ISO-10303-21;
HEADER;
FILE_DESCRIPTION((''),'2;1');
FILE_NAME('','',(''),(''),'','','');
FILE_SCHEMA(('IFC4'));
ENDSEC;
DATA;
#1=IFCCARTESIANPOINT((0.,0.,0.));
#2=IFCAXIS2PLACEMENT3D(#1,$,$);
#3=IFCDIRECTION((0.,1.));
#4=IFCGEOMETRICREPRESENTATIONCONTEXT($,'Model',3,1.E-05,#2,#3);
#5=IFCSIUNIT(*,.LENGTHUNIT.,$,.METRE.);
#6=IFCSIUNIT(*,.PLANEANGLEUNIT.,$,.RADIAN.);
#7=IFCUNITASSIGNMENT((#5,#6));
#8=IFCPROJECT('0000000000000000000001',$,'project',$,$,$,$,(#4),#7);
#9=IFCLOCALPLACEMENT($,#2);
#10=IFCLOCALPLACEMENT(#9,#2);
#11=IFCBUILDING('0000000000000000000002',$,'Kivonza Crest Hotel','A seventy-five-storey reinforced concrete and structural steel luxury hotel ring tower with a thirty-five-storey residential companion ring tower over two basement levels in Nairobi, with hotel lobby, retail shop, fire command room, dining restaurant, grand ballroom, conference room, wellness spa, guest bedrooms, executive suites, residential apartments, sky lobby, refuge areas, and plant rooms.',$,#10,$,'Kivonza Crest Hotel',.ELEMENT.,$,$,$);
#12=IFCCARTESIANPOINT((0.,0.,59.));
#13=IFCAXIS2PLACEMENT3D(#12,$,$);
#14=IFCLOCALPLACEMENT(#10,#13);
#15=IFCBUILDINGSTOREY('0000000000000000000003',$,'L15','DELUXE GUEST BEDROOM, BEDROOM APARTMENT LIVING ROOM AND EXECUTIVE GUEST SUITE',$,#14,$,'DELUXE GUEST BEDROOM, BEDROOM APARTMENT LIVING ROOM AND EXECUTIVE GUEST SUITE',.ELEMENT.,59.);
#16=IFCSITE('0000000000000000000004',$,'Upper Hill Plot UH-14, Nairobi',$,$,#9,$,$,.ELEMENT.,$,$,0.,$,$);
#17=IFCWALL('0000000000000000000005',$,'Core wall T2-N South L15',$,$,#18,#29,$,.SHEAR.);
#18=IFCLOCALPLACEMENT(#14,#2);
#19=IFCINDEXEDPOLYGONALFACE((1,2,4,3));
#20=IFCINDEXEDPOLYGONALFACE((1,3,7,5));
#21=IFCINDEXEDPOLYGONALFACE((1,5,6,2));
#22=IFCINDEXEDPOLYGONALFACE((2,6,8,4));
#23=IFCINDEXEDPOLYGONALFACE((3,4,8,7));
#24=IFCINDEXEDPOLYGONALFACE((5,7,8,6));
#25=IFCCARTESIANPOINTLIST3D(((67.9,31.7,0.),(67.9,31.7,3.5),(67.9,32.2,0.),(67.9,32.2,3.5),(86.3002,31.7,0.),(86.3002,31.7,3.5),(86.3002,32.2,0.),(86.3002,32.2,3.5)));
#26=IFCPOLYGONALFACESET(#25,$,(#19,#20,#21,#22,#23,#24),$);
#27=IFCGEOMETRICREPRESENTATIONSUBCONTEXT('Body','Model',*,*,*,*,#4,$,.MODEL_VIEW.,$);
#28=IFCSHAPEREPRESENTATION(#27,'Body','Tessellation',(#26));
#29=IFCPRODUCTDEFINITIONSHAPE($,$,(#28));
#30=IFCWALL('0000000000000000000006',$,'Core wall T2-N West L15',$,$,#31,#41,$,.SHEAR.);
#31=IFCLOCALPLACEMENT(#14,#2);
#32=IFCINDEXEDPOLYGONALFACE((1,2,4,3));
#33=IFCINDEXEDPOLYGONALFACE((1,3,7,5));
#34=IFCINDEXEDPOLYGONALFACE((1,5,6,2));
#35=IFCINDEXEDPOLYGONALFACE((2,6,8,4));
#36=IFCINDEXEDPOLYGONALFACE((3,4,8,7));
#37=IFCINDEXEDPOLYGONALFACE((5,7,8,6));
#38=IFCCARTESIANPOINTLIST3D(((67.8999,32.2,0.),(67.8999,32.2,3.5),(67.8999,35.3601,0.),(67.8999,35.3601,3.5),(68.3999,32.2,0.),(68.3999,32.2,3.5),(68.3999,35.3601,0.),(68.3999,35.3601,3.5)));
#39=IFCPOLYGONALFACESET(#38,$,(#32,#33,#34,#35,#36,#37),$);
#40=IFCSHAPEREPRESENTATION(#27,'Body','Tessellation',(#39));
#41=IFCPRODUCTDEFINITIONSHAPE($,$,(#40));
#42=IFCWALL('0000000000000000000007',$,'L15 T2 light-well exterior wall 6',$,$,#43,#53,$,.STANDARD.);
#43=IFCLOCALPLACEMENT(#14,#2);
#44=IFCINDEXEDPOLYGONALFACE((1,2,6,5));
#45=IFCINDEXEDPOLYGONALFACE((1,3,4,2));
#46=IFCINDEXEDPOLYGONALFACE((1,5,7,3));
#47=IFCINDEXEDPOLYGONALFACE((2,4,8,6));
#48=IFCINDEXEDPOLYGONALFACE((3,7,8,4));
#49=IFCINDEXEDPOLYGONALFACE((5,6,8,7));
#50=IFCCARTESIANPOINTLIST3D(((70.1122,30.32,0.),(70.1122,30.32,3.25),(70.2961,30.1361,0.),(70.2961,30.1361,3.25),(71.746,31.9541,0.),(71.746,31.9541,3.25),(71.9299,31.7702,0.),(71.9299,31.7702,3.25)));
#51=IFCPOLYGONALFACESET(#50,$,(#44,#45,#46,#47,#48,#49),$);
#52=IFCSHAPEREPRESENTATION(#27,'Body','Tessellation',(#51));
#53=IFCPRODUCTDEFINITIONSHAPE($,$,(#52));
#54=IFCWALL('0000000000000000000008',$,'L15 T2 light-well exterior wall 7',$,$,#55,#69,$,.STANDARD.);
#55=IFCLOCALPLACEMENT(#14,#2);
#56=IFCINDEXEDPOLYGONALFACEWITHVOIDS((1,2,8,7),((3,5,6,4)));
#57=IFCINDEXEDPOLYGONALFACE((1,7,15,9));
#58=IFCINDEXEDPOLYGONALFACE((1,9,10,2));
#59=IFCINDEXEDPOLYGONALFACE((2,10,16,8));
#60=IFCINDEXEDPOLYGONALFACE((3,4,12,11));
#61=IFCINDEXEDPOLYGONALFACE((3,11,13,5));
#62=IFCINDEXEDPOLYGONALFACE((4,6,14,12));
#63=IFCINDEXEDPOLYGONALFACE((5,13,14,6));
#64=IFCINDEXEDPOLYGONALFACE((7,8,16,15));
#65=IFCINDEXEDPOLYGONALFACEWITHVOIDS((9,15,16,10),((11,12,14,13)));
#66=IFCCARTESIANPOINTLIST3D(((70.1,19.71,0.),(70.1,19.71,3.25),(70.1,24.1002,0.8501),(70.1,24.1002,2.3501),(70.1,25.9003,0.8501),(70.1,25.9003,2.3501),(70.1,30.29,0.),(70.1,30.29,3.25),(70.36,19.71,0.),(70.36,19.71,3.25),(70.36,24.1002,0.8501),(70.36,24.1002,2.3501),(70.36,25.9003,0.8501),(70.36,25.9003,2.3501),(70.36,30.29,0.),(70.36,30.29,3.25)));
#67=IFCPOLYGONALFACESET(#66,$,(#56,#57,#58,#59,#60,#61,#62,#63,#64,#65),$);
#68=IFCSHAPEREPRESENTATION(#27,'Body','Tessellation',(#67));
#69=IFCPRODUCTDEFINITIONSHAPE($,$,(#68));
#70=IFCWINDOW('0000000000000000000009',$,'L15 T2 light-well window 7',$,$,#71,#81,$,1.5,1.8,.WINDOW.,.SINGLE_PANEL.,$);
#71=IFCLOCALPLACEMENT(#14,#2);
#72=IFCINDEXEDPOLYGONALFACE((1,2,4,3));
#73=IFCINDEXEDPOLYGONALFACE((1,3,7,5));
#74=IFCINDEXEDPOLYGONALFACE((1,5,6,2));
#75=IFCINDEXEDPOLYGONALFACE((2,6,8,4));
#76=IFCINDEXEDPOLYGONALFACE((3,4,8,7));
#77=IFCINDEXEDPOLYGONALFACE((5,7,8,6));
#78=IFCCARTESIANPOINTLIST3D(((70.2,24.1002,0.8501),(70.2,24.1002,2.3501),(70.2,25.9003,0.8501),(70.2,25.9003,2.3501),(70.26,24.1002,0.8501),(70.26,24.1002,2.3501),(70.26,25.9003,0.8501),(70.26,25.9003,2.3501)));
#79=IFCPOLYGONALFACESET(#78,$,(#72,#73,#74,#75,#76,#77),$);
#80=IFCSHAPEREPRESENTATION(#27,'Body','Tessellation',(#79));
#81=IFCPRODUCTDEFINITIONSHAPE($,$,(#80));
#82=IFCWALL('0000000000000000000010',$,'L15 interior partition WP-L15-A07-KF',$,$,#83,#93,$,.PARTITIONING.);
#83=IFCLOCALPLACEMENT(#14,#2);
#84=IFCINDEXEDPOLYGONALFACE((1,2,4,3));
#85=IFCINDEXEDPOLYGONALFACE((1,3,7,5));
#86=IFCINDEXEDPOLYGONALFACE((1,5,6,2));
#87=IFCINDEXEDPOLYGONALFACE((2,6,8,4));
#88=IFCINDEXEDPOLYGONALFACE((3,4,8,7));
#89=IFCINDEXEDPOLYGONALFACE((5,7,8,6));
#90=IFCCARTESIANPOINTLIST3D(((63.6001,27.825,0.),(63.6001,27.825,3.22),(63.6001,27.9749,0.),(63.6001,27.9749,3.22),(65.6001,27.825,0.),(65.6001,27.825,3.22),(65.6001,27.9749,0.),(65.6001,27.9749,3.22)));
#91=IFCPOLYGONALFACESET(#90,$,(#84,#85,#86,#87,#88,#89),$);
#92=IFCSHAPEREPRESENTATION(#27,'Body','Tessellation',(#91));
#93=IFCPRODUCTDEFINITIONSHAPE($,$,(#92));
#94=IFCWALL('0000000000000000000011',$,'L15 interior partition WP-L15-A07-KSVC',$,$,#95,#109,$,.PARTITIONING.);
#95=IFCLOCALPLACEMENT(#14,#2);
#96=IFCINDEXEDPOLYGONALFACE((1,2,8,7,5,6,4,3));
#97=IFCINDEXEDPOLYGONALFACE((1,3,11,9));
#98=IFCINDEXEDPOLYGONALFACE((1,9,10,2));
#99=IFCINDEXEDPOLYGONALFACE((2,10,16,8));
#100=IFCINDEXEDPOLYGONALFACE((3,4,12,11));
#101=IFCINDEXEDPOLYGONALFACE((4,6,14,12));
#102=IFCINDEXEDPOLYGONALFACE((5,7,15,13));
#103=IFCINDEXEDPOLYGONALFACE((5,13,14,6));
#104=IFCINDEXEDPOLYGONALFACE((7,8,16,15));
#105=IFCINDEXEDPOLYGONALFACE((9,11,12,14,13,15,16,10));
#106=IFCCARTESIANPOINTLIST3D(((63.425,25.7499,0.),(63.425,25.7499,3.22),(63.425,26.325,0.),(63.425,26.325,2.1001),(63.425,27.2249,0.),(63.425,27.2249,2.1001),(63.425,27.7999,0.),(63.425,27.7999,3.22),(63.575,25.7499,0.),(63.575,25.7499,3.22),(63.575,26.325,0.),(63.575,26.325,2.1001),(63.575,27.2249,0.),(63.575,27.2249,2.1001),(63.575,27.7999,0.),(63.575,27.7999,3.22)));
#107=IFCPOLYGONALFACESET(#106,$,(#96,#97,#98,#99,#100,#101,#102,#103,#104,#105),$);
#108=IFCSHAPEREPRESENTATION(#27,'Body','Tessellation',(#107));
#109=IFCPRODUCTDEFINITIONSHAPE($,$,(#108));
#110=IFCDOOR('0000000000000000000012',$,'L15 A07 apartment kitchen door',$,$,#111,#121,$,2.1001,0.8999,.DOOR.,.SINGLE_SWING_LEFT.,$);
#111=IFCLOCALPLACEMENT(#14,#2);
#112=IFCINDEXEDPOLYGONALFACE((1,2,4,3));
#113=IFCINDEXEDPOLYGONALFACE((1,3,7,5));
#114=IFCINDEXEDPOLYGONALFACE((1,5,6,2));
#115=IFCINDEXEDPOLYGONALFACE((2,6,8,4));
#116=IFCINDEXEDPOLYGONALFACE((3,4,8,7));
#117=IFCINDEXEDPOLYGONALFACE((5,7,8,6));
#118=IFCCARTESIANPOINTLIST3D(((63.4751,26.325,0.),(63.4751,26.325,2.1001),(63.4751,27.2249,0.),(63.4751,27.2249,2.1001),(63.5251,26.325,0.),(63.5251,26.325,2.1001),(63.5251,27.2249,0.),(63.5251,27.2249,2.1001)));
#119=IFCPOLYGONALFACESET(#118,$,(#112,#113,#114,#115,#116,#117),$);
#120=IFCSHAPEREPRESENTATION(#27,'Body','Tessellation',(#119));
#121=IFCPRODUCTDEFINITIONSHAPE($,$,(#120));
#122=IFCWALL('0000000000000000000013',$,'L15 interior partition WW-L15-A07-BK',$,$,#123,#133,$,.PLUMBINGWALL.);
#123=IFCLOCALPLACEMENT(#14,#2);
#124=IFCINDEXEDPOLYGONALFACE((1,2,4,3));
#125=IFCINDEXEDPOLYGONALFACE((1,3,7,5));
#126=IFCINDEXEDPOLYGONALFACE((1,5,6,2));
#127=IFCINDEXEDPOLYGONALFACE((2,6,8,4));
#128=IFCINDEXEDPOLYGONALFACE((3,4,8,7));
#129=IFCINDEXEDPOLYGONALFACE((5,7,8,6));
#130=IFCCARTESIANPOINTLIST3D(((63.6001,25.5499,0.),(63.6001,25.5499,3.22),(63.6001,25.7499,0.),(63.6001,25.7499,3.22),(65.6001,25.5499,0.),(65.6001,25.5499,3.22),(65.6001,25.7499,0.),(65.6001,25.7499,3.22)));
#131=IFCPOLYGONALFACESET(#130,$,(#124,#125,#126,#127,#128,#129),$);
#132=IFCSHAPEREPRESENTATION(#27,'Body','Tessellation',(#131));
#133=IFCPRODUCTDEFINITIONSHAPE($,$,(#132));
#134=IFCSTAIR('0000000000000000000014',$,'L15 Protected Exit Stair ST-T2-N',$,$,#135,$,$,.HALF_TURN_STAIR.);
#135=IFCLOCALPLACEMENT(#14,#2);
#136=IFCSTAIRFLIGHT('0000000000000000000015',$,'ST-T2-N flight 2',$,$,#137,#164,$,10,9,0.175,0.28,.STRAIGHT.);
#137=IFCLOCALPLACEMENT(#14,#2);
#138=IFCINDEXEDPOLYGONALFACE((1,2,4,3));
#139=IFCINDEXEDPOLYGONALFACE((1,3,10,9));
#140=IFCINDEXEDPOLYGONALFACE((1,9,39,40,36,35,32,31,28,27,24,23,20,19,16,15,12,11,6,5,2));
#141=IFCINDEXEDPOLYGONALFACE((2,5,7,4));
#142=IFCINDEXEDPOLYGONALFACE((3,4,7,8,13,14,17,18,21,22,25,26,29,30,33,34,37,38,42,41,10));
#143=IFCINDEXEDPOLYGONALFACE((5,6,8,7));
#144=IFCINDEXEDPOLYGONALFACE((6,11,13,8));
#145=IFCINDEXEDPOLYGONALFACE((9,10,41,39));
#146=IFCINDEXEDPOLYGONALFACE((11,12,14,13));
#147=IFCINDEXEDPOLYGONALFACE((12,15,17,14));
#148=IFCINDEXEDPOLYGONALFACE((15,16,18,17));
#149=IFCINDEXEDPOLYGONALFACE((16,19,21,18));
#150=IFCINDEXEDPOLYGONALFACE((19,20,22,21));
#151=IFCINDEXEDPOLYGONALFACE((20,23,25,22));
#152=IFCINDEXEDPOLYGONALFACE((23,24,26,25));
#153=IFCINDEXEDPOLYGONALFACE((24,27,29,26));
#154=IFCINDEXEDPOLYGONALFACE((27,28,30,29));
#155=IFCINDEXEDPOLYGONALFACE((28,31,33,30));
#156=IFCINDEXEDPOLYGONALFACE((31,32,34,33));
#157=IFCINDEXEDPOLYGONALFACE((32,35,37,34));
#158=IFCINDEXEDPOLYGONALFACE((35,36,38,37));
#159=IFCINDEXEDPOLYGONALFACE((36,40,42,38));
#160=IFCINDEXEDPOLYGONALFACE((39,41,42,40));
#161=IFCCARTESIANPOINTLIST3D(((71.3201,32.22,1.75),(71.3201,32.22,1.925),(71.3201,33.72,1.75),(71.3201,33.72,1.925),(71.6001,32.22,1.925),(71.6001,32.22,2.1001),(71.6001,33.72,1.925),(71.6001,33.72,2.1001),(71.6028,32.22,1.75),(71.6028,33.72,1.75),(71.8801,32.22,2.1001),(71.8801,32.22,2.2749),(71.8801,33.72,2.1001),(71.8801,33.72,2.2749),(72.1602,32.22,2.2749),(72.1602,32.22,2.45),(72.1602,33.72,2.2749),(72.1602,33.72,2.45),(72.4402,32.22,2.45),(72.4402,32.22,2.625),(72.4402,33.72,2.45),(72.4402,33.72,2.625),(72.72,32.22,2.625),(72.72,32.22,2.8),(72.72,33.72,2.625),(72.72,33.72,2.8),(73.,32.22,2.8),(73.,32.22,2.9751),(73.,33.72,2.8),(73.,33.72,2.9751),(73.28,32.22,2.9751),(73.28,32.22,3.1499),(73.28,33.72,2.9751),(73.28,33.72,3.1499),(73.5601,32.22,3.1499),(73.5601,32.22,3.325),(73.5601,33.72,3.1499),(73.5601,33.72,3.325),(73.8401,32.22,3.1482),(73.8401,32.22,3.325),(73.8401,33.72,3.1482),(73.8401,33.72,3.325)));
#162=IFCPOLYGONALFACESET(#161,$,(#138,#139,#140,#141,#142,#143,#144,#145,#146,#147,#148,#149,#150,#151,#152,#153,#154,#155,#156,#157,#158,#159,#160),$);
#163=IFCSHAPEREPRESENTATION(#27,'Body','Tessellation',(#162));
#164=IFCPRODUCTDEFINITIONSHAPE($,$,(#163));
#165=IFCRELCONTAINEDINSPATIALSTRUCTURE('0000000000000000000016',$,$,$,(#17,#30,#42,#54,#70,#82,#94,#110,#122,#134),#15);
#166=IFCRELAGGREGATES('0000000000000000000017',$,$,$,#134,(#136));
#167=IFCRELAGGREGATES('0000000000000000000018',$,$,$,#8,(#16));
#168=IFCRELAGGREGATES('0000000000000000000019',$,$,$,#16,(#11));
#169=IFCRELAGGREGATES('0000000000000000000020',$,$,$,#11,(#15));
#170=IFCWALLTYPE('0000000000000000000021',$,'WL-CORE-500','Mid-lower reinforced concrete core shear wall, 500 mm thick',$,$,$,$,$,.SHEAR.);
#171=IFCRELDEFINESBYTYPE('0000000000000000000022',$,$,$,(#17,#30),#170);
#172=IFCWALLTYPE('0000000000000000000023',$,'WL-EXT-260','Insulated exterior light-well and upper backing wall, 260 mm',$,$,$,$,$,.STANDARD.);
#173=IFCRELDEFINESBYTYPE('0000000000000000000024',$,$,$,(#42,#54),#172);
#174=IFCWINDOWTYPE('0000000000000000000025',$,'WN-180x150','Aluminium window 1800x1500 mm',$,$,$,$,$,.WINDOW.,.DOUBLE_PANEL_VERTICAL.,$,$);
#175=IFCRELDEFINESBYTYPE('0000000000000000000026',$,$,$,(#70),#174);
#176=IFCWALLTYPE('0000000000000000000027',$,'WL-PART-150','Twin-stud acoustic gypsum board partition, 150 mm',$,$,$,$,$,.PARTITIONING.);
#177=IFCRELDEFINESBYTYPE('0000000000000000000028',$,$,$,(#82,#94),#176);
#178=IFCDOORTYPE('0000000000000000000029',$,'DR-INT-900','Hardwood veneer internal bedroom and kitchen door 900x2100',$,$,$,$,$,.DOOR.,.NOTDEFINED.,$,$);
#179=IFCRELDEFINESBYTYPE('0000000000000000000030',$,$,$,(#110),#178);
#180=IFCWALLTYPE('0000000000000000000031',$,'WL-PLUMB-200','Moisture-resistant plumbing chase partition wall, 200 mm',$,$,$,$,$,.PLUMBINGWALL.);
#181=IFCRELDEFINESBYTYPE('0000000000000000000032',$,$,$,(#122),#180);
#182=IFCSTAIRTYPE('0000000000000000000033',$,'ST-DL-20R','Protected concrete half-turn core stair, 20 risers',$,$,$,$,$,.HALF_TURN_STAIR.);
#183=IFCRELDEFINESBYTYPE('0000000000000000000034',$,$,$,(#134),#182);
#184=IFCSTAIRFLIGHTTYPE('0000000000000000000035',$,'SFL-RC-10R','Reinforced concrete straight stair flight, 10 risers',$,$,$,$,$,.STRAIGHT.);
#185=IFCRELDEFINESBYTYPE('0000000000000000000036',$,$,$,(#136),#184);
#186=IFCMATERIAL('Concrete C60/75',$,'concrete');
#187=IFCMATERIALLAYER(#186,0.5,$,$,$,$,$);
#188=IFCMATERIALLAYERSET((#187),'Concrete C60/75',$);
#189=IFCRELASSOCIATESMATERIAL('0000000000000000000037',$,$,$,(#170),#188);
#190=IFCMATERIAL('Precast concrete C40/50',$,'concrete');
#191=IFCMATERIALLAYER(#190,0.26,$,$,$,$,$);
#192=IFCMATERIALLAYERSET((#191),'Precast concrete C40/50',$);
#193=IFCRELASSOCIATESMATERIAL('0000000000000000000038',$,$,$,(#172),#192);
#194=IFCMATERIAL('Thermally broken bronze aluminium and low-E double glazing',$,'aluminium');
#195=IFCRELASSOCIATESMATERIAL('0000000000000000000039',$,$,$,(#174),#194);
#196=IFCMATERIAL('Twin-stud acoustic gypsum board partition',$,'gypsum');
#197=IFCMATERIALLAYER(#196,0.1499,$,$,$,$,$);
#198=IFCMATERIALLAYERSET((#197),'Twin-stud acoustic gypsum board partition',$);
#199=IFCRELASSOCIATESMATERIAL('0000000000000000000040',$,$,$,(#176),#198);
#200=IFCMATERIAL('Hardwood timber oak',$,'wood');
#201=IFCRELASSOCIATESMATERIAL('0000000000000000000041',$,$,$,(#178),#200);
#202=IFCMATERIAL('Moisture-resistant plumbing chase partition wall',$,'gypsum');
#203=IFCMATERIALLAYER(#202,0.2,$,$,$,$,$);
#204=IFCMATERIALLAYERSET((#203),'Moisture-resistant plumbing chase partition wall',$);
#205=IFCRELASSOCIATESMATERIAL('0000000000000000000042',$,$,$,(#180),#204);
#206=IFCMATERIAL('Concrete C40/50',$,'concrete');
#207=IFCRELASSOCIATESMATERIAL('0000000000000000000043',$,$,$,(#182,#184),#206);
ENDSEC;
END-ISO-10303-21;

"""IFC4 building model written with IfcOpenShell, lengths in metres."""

from ifc_helpers import new_model, si_unit, direction, frame, frame_2d, origin, place, context, subcontext, project, spatial, polyline, rectangle, outline, extrude, material, layer, layer_set, type_object, element, fill, aggregate, save


model = new_model("IFC4")

# Units and contexts
model_context = context("Model", 3, precision=1e-05, world=origin(), true_north=direction((0.0, 1.0)))
body_context = subcontext(model_context, "Body", "Model", "MODEL_VIEW")
ifc_project = project(units=[si_unit("LENGTHUNIT", "METRE"), si_unit("PLANEANGLEUNIT", "RADIAN")], contexts=[model_context])

# Site, building, storey
site_placement = place(None, origin())
site = spatial("IfcSite", under=ifc_project, at=site_placement, Name="Upper Hill Plot UH-14, Nairobi", CompositionType="ELEMENT", RefElevation=0.0)
building_placement = place(site_placement, origin())
building = spatial("IfcBuilding", under=site, at=building_placement, Name="Kivonza Crest Hotel", Description="A seventy-five-storey reinforced concrete and structural steel luxury hotel ring tower with a thirty-five-storey residential companion ring tower over two basement levels in Nairobi, with hotel lobby, retail shop, fire command room, dining restaurant, grand ballroom, conference room, wellness spa, guest bedrooms, executive suites, residential apartments, sky lobby, refuge areas, and plant rooms.", LongName="Kivonza Crest Hotel", CompositionType="ELEMENT")
storey_placement = place(building_placement, frame((0.0, 0.0, 59.0)))
storey = spatial("IfcBuildingStorey", under=building, at=storey_placement, Name="L15", Description="DELUXE GUEST BEDROOM, BEDROOM APARTMENT LIVING ROOM AND EXECUTIVE GUEST SUITE", LongName="DELUXE GUEST BEDROOM, BEDROOM APARTMENT LIVING ROOM AND EXECUTIVE GUEST SUITE", CompositionType="ELEMENT", Elevation=59.0)

# Shared definitions
ifc_material_1 = material(Name="Hardwood timber oak", Category="wood")

# Walls
ifc_material_2 = material(Name="Concrete C60/75", Category="concrete")
ifc_layer_1 = layer(ifc_material_2, 0.5)
ifc_layer_set_1 = layer_set([ifc_layer_1], Name="Concrete C60/75")
wall_type_1 = type_object("IfcWallType", Name="WL-CORE-500", Description="Mid-lower reinforced concrete core shear wall, 500 mm thick", PredefinedType="SHEAR", material=ifc_layer_set_1)
wall_1_placement = place(storey_placement, frame((67.8999, 31.95, 0.0), z_axis=(0.0, 0.0, 1.0), x_axis=(1.0, 0.0, 0.0)))
element("IfcWall", 1, at=wall_1_placement, inside=storey, type_object=wall_type_1, Name="Core wall T2-N South L15", PredefinedType="SHEAR", context=body_context, shape_type="SweptSolid", body=[
    extrude(rectangle(XDim=18.4001, YDim=0.5, at=frame_2d((9.2002, 0.0))), origin(), (0.0, 0.0, 1.0), 3.5),
])
wall_2_placement = place(storey_placement, frame((68.1499, 32.2, 0.0), z_axis=(0.0, 0.0, 1.0), x_axis=(0.0, 1.0, 0.0)))
element("IfcWall", 2, at=wall_2_placement, inside=storey, type_object=wall_type_1, Name="Core wall T2-N West L15", PredefinedType="SHEAR", context=body_context, shape_type="SweptSolid", body=[
    extrude(rectangle(XDim=3.1602, YDim=0.5, at=frame_2d((1.5801, 0.0))), origin(), (0.0, 0.0, 1.0), 3.5),
])
ifc_material_3 = material(Name="Precast concrete C40/50", Category="concrete")
ifc_layer_2 = layer(ifc_material_3, 0.26)
ifc_layer_set_2 = layer_set([ifc_layer_2], Name="Precast concrete C40/50")
wall_type_2 = type_object("IfcWallType", Name="WL-EXT-260", Description="Insulated exterior light-well and upper backing wall, 260 mm", PredefinedType="STANDARD", material=ifc_layer_set_2)
wall_3_placement = place(storey_placement, frame((71.8379, 31.8621, 0.0), z_axis=(0.0, 0.0, 1.0), x_axis=(-0.707054, -0.70716, 0.0)))
element("IfcWall", 3, at=wall_3_placement, inside=storey, type_object=wall_type_2, Name="L15 T2 light-well exterior wall 6", PredefinedType="STANDARD", context=body_context, shape_type="SweptSolid", body=[
    extrude(rectangle(XDim=2.3108, YDim=0.26, at=frame_2d((1.1553, 0.0))), origin(), (0.0, 0.0, 1.0), 3.25),
])

# Wall, opening, window
wall_4_placement = place(storey_placement, frame((70.23, 30.29, 0.0), z_axis=(0.0, 0.0, 1.0), x_axis=(0.0, -1.0, 0.0)))
wall_4 = element("IfcWall", 4, at=wall_4_placement, inside=storey, type_object=wall_type_2, Name="L15 T2 light-well exterior wall 7", PredefinedType="STANDARD", context=body_context, shape_type="SweptSolid", body=[
    extrude(rectangle(XDim=10.5801, YDim=0.26, at=frame_2d((5.29, 0.0))), origin(), (0.0, 0.0, 1.0), 3.25),
])
opening_1_placement = place(wall_4_placement, frame((4.3899, 0.0, 0.8501)))
opening_1 = element("IfcOpeningElement", 5, at=opening_1_placement, cuts=wall_4, PredefinedType="OPENING", context=body_context, shape_type="SweptSolid", body=[
    extrude(rectangle(XDim=1.8, YDim=1.5, at=frame_2d((0.8999, 0.75))), frame((0.0, 0.1401, 0.0), z_axis=(0.0, -1.0, 0.0), x_axis=(1.0, 0.0, 0.0)), (0.0, 0.0, 1.0), 0.28),
])
ifc_material_4 = material(Name="Thermally broken bronze aluminium and low-E double glazing", Category="aluminium")
window_type = type_object("IfcWindowType", Name="WN-180x150", Description="Aluminium window 1800x1500 mm", PartitioningType="DOUBLE_PANEL_VERTICAL", PredefinedType="WINDOW", material=ifc_material_4)
window_placement = place(opening_1_placement, origin())
window = element("IfcWindow", 6, at=window_placement, inside=storey, type_object=window_type, Name="L15 T2 light-well window 7", OverallHeight=1.5, OverallWidth=1.8, PartitioningType="SINGLE_PANEL", PredefinedType="WINDOW", context=body_context, shape_type="SweptSolid", body=[
    extrude(rectangle(XDim=1.8, YDim=1.5, at=frame_2d((0.8999, 0.75))), frame((0.0, 0.03, 0.0), z_axis=(0.0, -1.0, 0.0), x_axis=(1.0, 0.0, 0.0)), (0.0, 0.0, 1.0), 0.0601),
])
fill(opening_1, window)

# Wall
ifc_material_5 = material(Name="Twin-stud acoustic gypsum board partition", Category="gypsum")
ifc_layer_3 = layer(ifc_material_5, 0.1499)
ifc_layer_set_3 = layer_set([ifc_layer_3], Name="Twin-stud acoustic gypsum board partition")
wall_type_3 = type_object("IfcWallType", Name="WL-PART-150", Description="Twin-stud acoustic gypsum board partition, 150 mm", PredefinedType="PARTITIONING", material=ifc_layer_set_3)
wall_5_placement = place(storey_placement, frame((63.6001, 27.8999, 0.0), z_axis=(0.0, 0.0, 1.0), x_axis=(1.0, 0.0, 0.0)))
element("IfcWall", 7, at=wall_5_placement, inside=storey, type_object=wall_type_3, Name="L15 interior partition WP-L15-A07-KF", PredefinedType="PARTITIONING", context=body_context, shape_type="SweptSolid", body=[
    extrude(rectangle(XDim=2.0, YDim=0.1499, at=frame_2d((1.0, 0.0))), origin(), (0.0, 0.0, 1.0), 3.22),
])

# Wall, opening, door
wall_6_placement = place(storey_placement, frame((63.5, 25.75, 0.0), z_axis=(0.0, 0.0, 1.0), x_axis=(0.0, 1.0, 0.0)))
wall_6 = element("IfcWall", 8, at=wall_6_placement, inside=storey, type_object=wall_type_3, Name="L15 interior partition WP-L15-A07-KSVC", PredefinedType="PARTITIONING", context=body_context, shape_type="SweptSolid", body=[
    extrude(rectangle(XDim=2.05, YDim=0.1499, at=frame_2d((1.0249, 0.0))), origin(), (0.0, 0.0, 1.0), 3.22),
])
opening_2_placement = place(wall_6_placement, frame((0.575, 0.0, 0.0)))
opening_2 = element("IfcOpeningElement", 9, at=opening_2_placement, cuts=wall_6, PredefinedType="OPENING", context=body_context, shape_type="SweptSolid", body=[
    extrude(rectangle(XDim=0.8999, YDim=2.1001, at=frame_2d((0.45, 1.05))), frame((0.0, 0.085, 0.0), z_axis=(0.0, -1.0, 0.0), x_axis=(1.0, 0.0, 0.0)), (0.0, 0.0, 1.0), 0.1699),
])
door_type_1 = type_object("IfcDoorType", Name="DR-INT-900", Description="Hardwood veneer internal bedroom and kitchen door 900x2100", OperationType="NOTDEFINED", PredefinedType="DOOR", material=ifc_material_1)
door_1_placement = place(opening_2_placement, origin())
door_1 = element("IfcDoor", 10, at=door_1_placement, inside=storey, type_object=door_type_1, Name="L15 A07 apartment kitchen door", OperationType="SINGLE_SWING_LEFT", OverallHeight=2.1001, OverallWidth=0.8999, PredefinedType="DOOR", context=body_context, shape_type="SweptSolid", body=[
    extrude(rectangle(XDim=0.8999, YDim=2.1001, at=frame_2d((0.45, 1.05))), frame((0.0, 0.0249, 0.0), z_axis=(0.0, -1.0, 0.0), x_axis=(1.0, 0.0, 0.0)), (0.0, 0.0, 1.0), 0.05),
])
fill(opening_2, door_1)

# Wall
ifc_material_6 = material(Name="Moisture-resistant plumbing chase partition wall", Category="gypsum")
ifc_layer_4 = layer(ifc_material_6, 0.2)
ifc_layer_set_4 = layer_set([ifc_layer_4], Name="Moisture-resistant plumbing chase partition wall")
wall_type_4 = type_object("IfcWallType", Name="WL-PLUMB-200", Description="Moisture-resistant plumbing chase partition wall, 200 mm", PredefinedType="PLUMBINGWALL", material=ifc_layer_set_4)
wall_7_placement = place(storey_placement, frame((63.6001, 25.6499, 0.0), z_axis=(0.0, 0.0, 1.0), x_axis=(1.0, 0.0, 0.0)))
element("IfcWall", 11, at=wall_7_placement, inside=storey, type_object=wall_type_4, Name="L15 interior partition WW-L15-A07-BK", PredefinedType="PLUMBINGWALL", context=body_context, shape_type="SweptSolid", body=[
    extrude(rectangle(XDim=2.0, YDim=0.2, at=frame_2d((1.0, 0.0))), origin(), (0.0, 0.0, 1.0), 3.22),
])

# Stair, stair flight
ifc_material_7 = material(Name="Concrete C40/50", Category="concrete")
stair_type = type_object("IfcStairType", Name="ST-DL-20R", Description="Protected concrete half-turn core stair, 20 risers", PredefinedType="HALF_TURN_STAIR", material=ifc_material_7)
stair_placement = place(storey_placement, origin())
stair = element("IfcStair", 12, at=stair_placement, inside=storey, type_object=stair_type, Name="L15 Protected Exit Stair ST-T2-N", PredefinedType="HALF_TURN_STAIR")
stair_flight_type = type_object("IfcStairFlightType", Name="SFL-RC-10R", Description="Reinforced concrete straight stair flight, 10 risers", PredefinedType="STRAIGHT", material=ifc_material_7)
stair_flight_placement = place(storey_placement, frame((71.3201, 32.97, 1.75), z_axis=(0.0, 0.0, 1.0), x_axis=(1.0, 0.0, 0.0)))
stair_flight = element("IfcStairFlight", 13, at=stair_flight_placement, type_object=stair_flight_type, Name="ST-T2-N flight 2", NumberOfRisers=10, NumberOfTreads=9, PredefinedType="STRAIGHT", RiserHeight=0.175, TreadLength=0.28, context=body_context, shape_type="SweptSolid", body=[
    extrude(outline(polyline([(0.0, 0.0), (0.0, 0.175), (0.28, 0.175), (0.28, 0.3501), (0.5601, 0.3501), (0.5601, 0.5249), (0.8401, 0.5249), (0.8401, 0.7), (1.1201, 0.7), (1.1201, 0.875), (1.3999, 0.875), (1.3999, 1.05), (1.6799, 1.05), (1.6799, 1.2251), (1.96, 1.2251), (1.96, 1.3999), (2.24, 1.3999), (2.24, 1.575), (2.52, 1.575), (2.52, 1.75), (2.52, 1.3982), (0.2827, 0.0), (0.0, 0.0)])), frame((0.0, 0.75, 0.0), z_axis=(0.0, -1.0, 0.0), x_axis=(1.0, 0.0, 0.0)), (0.0, 0.0, 1.0), 1.5),
])
aggregate(stair, [stair_flight])

save(model, "model.ifc")
